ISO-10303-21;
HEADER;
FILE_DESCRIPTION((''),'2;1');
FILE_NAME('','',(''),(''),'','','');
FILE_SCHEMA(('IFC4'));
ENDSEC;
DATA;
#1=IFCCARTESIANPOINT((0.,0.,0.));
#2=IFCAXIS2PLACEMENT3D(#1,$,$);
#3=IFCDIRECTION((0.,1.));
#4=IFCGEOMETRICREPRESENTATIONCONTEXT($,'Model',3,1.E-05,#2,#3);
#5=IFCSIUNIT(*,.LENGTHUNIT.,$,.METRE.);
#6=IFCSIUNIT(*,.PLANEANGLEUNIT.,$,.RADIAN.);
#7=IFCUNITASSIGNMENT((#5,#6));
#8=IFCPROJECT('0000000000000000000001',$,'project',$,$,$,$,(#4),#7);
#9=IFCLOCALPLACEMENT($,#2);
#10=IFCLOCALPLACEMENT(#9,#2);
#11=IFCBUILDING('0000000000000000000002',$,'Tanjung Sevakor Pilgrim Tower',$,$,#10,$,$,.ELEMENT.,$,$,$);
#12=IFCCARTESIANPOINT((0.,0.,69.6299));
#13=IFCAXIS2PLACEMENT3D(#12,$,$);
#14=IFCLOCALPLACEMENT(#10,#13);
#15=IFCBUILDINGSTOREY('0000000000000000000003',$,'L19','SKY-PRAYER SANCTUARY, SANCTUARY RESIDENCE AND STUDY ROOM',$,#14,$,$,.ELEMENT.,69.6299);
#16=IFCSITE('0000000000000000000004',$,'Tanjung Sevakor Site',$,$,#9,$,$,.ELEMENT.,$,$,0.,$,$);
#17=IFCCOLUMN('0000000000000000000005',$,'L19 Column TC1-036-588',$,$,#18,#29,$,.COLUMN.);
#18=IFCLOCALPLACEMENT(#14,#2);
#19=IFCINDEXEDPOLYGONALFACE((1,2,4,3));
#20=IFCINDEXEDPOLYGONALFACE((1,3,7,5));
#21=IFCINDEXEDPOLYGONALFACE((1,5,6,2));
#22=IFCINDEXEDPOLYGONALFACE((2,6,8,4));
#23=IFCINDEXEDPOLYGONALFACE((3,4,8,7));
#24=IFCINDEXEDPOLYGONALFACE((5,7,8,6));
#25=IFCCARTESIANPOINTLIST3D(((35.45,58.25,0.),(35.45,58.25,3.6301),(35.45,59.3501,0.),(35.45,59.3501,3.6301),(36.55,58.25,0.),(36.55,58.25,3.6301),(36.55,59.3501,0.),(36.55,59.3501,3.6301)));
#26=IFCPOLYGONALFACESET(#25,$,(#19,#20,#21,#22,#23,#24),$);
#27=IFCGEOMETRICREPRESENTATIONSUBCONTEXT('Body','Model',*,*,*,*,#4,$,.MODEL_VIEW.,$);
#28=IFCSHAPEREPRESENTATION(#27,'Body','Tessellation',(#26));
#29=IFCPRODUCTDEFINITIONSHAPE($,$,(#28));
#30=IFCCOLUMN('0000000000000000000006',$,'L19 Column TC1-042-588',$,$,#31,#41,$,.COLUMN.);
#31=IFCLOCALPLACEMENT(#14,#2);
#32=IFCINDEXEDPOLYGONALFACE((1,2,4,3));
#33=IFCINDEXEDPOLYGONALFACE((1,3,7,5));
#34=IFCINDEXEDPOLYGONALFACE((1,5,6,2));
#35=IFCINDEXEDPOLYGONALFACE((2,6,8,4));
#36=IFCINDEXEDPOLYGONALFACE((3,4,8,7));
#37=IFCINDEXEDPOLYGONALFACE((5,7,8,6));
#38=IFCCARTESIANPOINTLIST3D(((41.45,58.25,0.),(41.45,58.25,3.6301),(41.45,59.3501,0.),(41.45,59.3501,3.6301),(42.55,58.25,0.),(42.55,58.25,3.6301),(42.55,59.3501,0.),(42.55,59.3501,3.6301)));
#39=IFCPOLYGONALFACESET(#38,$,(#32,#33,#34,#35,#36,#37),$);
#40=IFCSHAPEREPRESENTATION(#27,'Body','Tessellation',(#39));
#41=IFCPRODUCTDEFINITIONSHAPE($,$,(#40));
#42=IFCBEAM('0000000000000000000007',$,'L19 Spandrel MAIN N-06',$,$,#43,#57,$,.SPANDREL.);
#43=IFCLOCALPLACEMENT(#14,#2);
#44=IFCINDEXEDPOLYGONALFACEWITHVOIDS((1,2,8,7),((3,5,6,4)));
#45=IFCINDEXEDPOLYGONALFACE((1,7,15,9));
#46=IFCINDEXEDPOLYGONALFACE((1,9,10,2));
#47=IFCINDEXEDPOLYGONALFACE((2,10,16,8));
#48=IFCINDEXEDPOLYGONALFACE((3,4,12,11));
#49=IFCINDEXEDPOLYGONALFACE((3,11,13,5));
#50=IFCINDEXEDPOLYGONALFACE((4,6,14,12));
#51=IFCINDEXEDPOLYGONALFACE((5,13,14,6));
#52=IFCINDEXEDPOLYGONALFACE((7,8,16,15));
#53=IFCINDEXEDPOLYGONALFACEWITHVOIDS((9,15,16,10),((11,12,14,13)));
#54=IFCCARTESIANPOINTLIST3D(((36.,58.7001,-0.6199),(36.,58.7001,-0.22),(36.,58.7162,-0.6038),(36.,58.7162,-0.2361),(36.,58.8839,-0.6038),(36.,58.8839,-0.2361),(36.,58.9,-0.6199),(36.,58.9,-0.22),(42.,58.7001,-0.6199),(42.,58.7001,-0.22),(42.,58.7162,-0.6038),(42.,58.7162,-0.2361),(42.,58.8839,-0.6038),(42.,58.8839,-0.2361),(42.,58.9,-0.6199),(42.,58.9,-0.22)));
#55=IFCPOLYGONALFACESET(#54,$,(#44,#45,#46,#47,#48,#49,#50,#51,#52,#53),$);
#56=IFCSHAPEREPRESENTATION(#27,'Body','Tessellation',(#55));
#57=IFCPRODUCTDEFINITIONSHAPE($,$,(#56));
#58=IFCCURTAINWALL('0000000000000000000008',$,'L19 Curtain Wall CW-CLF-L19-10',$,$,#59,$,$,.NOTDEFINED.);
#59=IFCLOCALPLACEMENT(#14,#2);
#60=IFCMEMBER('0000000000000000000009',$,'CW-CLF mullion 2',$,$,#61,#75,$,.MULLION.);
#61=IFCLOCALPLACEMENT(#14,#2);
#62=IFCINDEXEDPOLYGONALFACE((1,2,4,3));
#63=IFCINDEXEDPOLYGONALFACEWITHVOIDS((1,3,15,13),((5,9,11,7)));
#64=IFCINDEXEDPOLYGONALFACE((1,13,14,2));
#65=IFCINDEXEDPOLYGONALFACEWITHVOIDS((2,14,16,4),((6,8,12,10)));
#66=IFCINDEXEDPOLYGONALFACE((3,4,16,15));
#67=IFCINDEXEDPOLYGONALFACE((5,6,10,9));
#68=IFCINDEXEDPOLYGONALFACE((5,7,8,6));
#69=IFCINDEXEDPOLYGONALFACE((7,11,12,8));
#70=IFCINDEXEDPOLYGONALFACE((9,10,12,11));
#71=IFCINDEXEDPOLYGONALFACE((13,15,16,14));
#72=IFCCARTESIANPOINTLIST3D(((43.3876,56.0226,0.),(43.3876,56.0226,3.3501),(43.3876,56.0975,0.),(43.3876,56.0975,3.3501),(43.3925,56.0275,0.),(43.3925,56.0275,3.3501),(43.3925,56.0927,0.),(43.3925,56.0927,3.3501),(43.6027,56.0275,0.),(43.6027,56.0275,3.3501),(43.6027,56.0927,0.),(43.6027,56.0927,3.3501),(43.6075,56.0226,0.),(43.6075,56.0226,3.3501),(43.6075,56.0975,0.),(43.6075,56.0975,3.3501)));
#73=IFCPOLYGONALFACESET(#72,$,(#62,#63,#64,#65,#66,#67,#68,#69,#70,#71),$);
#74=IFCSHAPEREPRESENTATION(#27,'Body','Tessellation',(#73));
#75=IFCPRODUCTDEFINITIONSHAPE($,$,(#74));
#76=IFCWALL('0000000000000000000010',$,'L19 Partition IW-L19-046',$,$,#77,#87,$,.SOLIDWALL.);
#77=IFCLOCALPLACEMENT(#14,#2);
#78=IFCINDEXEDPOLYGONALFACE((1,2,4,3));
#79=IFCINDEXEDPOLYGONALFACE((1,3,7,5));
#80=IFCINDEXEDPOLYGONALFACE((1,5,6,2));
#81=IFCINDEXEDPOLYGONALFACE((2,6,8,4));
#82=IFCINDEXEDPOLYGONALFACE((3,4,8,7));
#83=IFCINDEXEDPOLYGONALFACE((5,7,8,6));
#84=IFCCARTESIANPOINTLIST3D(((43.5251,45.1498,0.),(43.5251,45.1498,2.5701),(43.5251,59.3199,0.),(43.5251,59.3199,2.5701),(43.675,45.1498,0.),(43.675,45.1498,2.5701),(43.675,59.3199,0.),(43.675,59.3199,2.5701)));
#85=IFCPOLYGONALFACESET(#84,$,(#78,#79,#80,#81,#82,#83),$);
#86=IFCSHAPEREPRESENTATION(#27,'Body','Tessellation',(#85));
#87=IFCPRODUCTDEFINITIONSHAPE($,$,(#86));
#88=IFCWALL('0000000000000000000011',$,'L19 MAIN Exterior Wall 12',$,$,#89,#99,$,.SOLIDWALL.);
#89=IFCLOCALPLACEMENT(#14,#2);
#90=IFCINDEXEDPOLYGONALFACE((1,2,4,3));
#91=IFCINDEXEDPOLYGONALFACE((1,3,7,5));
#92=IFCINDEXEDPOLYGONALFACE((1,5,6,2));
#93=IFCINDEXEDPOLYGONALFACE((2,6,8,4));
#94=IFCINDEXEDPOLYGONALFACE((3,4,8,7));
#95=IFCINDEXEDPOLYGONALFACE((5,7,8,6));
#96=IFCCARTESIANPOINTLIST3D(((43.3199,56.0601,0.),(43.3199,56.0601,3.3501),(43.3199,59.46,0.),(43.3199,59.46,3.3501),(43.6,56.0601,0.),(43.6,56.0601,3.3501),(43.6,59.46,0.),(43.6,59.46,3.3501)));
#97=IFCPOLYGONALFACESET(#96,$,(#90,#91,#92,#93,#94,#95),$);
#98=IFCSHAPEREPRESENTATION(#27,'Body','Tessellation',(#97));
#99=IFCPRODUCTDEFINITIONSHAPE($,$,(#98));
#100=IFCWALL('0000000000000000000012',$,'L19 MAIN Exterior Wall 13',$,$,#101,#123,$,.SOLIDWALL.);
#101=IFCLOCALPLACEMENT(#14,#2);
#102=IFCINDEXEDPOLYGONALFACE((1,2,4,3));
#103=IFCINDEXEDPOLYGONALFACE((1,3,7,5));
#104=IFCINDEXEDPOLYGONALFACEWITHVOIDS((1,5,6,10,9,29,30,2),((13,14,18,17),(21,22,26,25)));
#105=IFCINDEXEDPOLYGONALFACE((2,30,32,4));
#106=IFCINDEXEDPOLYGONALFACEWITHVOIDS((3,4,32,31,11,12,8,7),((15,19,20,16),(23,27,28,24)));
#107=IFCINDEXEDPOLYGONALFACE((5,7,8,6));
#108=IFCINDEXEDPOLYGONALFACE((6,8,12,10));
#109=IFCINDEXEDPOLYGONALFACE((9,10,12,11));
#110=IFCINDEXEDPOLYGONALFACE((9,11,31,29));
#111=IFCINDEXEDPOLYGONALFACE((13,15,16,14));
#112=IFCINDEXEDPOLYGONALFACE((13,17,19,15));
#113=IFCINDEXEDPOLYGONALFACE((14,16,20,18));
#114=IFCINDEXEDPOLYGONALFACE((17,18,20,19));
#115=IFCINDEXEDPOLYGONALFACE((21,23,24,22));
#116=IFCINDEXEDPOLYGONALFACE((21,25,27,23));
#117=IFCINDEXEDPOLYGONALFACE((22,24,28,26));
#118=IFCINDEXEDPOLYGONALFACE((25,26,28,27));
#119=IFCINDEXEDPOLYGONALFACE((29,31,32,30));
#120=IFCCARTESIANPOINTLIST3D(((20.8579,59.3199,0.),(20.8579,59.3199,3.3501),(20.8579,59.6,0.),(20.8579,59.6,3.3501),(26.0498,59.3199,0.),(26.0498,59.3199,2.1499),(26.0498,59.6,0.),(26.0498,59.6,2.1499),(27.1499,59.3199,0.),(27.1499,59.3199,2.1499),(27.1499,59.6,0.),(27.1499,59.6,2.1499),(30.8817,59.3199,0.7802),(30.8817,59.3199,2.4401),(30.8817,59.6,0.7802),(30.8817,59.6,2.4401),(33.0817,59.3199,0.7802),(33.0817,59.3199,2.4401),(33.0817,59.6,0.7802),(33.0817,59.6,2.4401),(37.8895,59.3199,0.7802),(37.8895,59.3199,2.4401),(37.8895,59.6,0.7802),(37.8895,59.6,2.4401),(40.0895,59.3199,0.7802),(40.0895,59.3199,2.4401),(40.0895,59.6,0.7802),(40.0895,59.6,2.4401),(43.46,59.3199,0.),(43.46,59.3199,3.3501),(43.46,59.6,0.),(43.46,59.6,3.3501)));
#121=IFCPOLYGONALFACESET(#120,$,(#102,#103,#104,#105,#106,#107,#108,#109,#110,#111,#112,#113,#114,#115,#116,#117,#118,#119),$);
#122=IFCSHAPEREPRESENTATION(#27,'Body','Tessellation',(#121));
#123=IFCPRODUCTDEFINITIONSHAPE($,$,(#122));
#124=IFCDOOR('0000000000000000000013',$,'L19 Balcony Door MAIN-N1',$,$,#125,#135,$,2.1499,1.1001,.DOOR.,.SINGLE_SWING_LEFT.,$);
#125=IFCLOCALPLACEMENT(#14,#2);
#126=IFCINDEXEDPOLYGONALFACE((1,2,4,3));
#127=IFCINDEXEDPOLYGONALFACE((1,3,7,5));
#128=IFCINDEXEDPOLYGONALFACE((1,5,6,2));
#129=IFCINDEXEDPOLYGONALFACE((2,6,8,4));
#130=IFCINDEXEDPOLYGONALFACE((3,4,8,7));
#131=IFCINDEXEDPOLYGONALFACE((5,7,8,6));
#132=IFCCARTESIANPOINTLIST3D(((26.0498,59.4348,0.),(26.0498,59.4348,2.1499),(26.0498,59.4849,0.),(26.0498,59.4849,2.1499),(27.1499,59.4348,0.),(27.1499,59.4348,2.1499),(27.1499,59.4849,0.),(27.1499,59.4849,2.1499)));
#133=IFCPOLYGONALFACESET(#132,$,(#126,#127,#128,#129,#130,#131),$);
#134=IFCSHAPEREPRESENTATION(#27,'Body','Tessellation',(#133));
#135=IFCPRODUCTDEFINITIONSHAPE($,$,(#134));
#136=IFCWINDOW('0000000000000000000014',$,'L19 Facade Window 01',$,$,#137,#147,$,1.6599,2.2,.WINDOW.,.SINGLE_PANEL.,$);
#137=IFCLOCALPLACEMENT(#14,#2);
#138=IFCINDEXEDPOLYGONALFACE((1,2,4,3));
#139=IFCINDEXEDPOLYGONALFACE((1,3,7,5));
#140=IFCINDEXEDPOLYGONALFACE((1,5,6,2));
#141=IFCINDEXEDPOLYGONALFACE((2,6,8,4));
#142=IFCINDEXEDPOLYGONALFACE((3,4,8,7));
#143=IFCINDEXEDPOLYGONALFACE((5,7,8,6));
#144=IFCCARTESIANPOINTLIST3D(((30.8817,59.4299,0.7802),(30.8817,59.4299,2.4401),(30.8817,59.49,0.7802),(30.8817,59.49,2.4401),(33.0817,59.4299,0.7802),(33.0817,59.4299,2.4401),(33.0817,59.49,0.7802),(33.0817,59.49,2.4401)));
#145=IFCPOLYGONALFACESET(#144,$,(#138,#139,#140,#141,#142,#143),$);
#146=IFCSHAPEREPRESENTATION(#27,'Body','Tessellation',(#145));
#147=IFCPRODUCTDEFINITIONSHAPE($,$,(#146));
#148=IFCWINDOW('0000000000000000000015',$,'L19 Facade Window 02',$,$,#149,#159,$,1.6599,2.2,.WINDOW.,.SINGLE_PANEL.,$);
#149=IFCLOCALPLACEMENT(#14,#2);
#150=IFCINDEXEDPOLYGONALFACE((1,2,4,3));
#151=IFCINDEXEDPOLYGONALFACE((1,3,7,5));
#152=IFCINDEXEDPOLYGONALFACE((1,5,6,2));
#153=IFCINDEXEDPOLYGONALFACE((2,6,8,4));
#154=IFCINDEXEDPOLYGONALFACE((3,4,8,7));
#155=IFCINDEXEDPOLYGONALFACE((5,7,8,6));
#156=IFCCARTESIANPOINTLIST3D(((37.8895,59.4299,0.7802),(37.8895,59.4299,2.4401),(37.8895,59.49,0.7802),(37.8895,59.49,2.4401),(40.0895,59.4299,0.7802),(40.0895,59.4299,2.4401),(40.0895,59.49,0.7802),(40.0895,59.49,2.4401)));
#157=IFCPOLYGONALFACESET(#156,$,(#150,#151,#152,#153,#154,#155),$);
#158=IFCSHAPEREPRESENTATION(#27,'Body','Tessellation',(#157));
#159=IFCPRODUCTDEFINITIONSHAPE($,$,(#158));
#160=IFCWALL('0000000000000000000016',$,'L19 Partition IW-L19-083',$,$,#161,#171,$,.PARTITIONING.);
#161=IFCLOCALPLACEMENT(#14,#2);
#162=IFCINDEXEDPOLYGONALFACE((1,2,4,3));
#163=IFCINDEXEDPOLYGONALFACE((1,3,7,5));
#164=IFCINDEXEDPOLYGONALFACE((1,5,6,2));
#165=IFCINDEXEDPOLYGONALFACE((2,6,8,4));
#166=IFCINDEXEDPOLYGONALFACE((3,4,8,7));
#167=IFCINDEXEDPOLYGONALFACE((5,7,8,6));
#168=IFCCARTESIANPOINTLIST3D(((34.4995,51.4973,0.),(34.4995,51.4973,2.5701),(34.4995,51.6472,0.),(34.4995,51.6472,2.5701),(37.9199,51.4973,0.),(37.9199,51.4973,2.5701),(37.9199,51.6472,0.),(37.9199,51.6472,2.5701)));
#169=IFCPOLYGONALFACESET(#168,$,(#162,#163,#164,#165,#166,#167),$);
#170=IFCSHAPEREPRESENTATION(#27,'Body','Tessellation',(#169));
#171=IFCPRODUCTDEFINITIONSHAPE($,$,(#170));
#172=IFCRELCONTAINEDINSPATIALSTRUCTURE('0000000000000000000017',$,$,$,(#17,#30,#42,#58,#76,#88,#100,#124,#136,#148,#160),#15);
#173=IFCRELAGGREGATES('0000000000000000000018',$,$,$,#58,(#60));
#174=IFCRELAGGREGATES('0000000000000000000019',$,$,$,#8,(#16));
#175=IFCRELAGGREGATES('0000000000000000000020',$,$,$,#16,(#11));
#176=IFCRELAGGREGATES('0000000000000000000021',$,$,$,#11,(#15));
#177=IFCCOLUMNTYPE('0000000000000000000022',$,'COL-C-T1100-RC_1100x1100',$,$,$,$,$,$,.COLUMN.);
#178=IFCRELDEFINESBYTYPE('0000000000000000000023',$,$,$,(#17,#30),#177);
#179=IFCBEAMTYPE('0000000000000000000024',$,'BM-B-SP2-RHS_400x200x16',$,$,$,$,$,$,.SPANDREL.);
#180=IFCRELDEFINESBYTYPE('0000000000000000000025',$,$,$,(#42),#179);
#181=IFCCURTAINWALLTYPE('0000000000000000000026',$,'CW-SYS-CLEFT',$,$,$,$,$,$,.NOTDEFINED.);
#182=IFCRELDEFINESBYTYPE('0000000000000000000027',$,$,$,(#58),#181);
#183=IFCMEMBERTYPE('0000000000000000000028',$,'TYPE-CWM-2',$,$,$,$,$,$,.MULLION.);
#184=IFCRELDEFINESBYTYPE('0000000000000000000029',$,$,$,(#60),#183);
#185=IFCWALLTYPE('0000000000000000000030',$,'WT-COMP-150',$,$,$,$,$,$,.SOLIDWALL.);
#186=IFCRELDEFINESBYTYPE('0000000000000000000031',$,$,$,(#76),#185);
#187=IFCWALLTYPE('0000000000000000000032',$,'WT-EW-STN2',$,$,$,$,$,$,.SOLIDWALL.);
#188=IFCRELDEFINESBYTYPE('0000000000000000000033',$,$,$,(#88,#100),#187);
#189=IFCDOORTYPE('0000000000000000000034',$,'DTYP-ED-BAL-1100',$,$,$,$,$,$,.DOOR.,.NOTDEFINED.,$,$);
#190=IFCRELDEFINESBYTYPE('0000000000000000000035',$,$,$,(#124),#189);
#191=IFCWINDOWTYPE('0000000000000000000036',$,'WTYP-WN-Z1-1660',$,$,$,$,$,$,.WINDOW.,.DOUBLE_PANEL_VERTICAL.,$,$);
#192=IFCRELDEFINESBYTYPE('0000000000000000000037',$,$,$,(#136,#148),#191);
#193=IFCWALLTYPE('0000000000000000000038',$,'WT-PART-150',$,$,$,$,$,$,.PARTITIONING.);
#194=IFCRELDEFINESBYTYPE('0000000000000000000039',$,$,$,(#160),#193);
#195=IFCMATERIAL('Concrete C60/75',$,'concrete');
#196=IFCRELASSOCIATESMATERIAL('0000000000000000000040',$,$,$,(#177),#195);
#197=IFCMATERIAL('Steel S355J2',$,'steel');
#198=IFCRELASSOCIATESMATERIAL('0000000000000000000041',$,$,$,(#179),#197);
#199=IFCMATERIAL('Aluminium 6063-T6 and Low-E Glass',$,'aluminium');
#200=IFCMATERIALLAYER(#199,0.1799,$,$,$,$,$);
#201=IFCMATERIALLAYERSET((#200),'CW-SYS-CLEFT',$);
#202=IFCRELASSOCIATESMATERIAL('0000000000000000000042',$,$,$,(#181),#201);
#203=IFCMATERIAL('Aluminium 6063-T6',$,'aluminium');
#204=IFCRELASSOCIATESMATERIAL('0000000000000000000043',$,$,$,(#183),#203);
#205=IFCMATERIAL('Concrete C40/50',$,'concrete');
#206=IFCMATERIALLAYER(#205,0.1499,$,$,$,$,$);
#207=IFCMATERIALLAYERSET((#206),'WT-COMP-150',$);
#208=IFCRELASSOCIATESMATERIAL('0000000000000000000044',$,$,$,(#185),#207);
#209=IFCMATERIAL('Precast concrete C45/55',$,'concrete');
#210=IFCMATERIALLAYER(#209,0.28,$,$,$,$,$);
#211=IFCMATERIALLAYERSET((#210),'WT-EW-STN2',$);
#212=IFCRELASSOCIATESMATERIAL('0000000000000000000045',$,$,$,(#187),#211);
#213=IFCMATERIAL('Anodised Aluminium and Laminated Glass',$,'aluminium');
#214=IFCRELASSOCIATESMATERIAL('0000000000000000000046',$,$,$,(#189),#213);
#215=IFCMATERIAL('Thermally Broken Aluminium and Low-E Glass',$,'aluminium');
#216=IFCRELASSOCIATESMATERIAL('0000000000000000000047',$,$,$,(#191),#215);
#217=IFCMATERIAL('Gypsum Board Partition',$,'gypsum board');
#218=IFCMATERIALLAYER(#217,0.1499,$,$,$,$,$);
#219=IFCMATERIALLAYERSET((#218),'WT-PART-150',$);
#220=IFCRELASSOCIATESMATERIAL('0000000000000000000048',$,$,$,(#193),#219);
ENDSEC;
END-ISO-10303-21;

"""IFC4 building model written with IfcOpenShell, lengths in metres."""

from ifc_helpers import new_model, si_unit, direction, frame, frame_2d, origin, origin_2d, place, context, subcontext, project, spatial, rectangle, hollow_rectangle, extrude, material, layer, layer_set, material_profile, profile_set, type_object, element, fill, aggregate, save


model = new_model("IFC4")

# Units and contexts
model_context = context("Model", 3, precision=1e-05, world=origin(), true_north=direction((0.0, 1.0)))
body_context = subcontext(model_context, "Body", "Model", "MODEL_VIEW")
ifc_project = project(units=[si_unit("LENGTHUNIT", "METRE"), si_unit("PLANEANGLEUNIT", "RADIAN")], contexts=[model_context])

# Site, building, storey
site_placement = place(None, origin())
site = spatial("IfcSite", under=ifc_project, at=site_placement, Name="Tanjung Sevakor Site", CompositionType="ELEMENT", RefElevation=0.0)
building_placement = place(site_placement, origin())
building = spatial("IfcBuilding", under=site, at=building_placement, Name="Tanjung Sevakor Pilgrim Tower", CompositionType="ELEMENT")
storey_placement = place(building_placement, frame((0.0, 0.0, 69.6299)))
storey = spatial("IfcBuildingStorey", under=building, at=storey_placement, Name="L19", Description="SKY-PRAYER SANCTUARY, SANCTUARY RESIDENCE AND STUDY ROOM", CompositionType="ELEMENT", Elevation=69.6299)

# Columns
ifc_material_1 = material(Name="Concrete C60/75", Category="concrete")
ifc_material_profile_1 = material_profile(ifc_material_1, rectangle(XDim=1.1001, YDim=1.1001, at=origin_2d()))
ifc_profile_set_1 = profile_set([ifc_material_profile_1], Name="Concrete C60/75")
column_type = type_object("IfcColumnType", Name="COL-C-T1100-RC_1100x1100", PredefinedType="COLUMN", material=ifc_profile_set_1)
for number, where, z_axis, x_axis, name in (
    (1, (36.0, 58.8, 0.0), (0.0, 0.0, 1.0), (1.0, 0.0, 0.0), "L19 Column TC1-036-588"),
    (2, (42.0, 58.8, 0.0), (0.0, 0.0, 1.0), (1.0, 0.0, 0.0), "L19 Column TC1-042-588"),
):
    element("IfcColumn", number, at=place(storey_placement, frame(where, z_axis=z_axis, x_axis=x_axis)), inside=storey, type_object=column_type, Name=name, PredefinedType="COLUMN", context=body_context, shape_type="SweptSolid", body=[
        extrude(rectangle(XDim=1.1001, YDim=1.1001, at=origin_2d()), origin(), (0.0, 0.0, 1.0), 3.6301),
    ])

# Beam
ifc_material_2 = material(Name="Steel S355J2", Category="steel")
ifc_material_profile_2 = material_profile(ifc_material_2, hollow_rectangle(XDim=0.2, YDim=0.3999, WallThickness=0.0161, at=origin_2d()))
ifc_profile_set_2 = profile_set([ifc_material_profile_2], Name="Steel S355J2")
beam_type = type_object("IfcBeamType", Name="BM-B-SP2-RHS_400x200x16", PredefinedType="SPANDREL", material=ifc_profile_set_2)
beam_placement = place(storey_placement, frame((36.0, 58.8, -0.4199), z_axis=(1.0, 0.0, 0.0), x_axis=(0.0, 1.0, 0.0)))
element("IfcBeam", 3, at=beam_placement, inside=storey, type_object=beam_type, Name="L19 Spandrel MAIN N-06", PredefinedType="SPANDREL", context=body_context, shape_type="SweptSolid", body=[
    extrude(hollow_rectangle(XDim=0.2, YDim=0.3999, WallThickness=0.0161, at=origin_2d()), origin(), (0.0, 0.0, 1.0), 6.0),
])

# Curtain wall, member
ifc_material_3 = material(Name="Aluminium 6063-T6 and Low-E Glass", Category="aluminium")
ifc_layer_1 = layer(ifc_material_3, 0.1799)
ifc_layer_set_1 = layer_set([ifc_layer_1], Name="CW-SYS-CLEFT")
curtain_wall_type = type_object("IfcCurtainWallType", Name="CW-SYS-CLEFT", PredefinedType="NOTDEFINED", material=ifc_layer_set_1)
curtain_wall_placement = place(storey_placement, origin())
curtain_wall = element("IfcCurtainWall", 4, at=curtain_wall_placement, inside=storey, type_object=curtain_wall_type, Name="L19 Curtain Wall CW-CLF-L19-10", PredefinedType="NOTDEFINED")
ifc_material_4 = material(Name="Aluminium 6063-T6", Category="aluminium")
ifc_material_profile_3 = material_profile(ifc_material_4, hollow_rectangle(XDim=0.075, YDim=0.22, WallThickness=0.0049, at=origin_2d()))
ifc_profile_set_3 = profile_set([ifc_material_profile_3], Name="Aluminium 6063-T6")
member_type = type_object("IfcMemberType", Name="TYPE-CWM-2", PredefinedType="MULLION", material=ifc_profile_set_3)
member_placement = place(storey_placement, frame((43.4976, 56.0601, 0.0), z_axis=(0.0, 0.0, 1.0), x_axis=(0.0, -1.0, 0.0)))
member = element("IfcMember", 5, at=member_placement, type_object=member_type, Name="CW-CLF mullion 2", PredefinedType="MULLION", context=body_context, shape_type="SweptSolid", body=[
    extrude(hollow_rectangle(XDim=0.075, YDim=0.22, WallThickness=0.0049, at=origin_2d()), origin(), (0.0, 0.0, 1.0), 3.3501),
])
aggregate(curtain_wall, [member])

# Walls
ifc_material_5 = material(Name="Concrete C40/50", Category="concrete")
ifc_layer_2 = layer(ifc_material_5, 0.1499)
ifc_layer_set_2 = layer_set([ifc_layer_2], Name="WT-COMP-150")
wall_type_1 = type_object("IfcWallType", Name="WT-COMP-150", PredefinedType="SOLIDWALL", material=ifc_layer_set_2)
wall_1_placement = place(storey_placement, frame((43.6001, 45.1499, 0.0), z_axis=(0.0, 0.0, 1.0), x_axis=(0.0, 1.0, 0.0)))
element("IfcWall", 6, at=wall_1_placement, inside=storey, type_object=wall_type_1, Name="L19 Partition IW-L19-046", PredefinedType="SOLIDWALL", context=body_context, shape_type="SweptSolid", body=[
    extrude(rectangle(XDim=14.1702, YDim=0.1499, at=frame_2d((7.085, 0.0))), origin(), (0.0, 0.0, 1.0), 2.5701),
])
ifc_material_6 = material(Name="Precast concrete C45/55", Category="concrete")
ifc_layer_3 = layer(ifc_material_6, 0.28)
ifc_layer_set_3 = layer_set([ifc_layer_3], Name="WT-EW-STN2")
wall_type_2 = type_object("IfcWallType", Name="WT-EW-STN2", PredefinedType="SOLIDWALL", material=ifc_layer_set_3)
wall_2_placement = place(storey_placement, frame((43.46, 56.0601, 0.0), z_axis=(0.0, 0.0, 1.0), x_axis=(0.0, 1.0, 0.0)))
element("IfcWall", 7, at=wall_2_placement, inside=storey, type_object=wall_type_2, Name="L19 MAIN Exterior Wall 12", PredefinedType="SOLIDWALL", context=body_context, shape_type="SweptSolid", body=[
    extrude(rectangle(XDim=3.3999, YDim=0.28, at=frame_2d((1.7, 0.0))), origin(), (0.0, 0.0, 1.0), 3.3501),
])

# Wall, openings, door, windows
wall_3_placement = place(storey_placement, frame((43.46, 59.46, 0.0), z_axis=(0.0, 0.0, 1.0), x_axis=(-1.0, 0.0, 0.0)))
wall_3 = element("IfcWall", 8, at=wall_3_placement, inside=storey, type_object=wall_type_2, Name="L19 MAIN Exterior Wall 13", PredefinedType="SOLIDWALL", context=body_context, shape_type="SweptSolid", body=[
    extrude(rectangle(XDim=22.6021, YDim=0.28, at=frame_2d((11.301, 0.0))), origin(), (0.0, 0.0, 1.0), 3.3501),
])
opening_1_placement = place(wall_3_placement, frame((16.3101, 0.0, 0.0)))
opening_1 = element("IfcOpeningElement", 9, at=opening_1_placement, cuts=wall_3, PredefinedType="OPENING", context=body_context, shape_type="SweptSolid", body=[
    extrude(rectangle(XDim=1.1001, YDim=2.1499, at=frame_2d((0.55, 1.075))), frame((0.0, 0.1499, 0.0), z_axis=(0.0, -1.0, 0.0), x_axis=(1.0, 0.0, 0.0)), (0.0, 0.0, 1.0), 0.3),
])
opening_2_placement = place(wall_3_placement, frame((10.3782, 0.0, 0.78)))
opening_2 = element("IfcOpeningElement", 10, at=opening_2_placement, cuts=wall_3, PredefinedType="OPENING", context=body_context, shape_type="SweptSolid", body=[
    extrude(rectangle(XDim=2.2, YDim=1.6599, at=frame_2d((1.1001, 0.8301))), frame((0.0, 0.1499, 0.0), z_axis=(0.0, -1.0, 0.0), x_axis=(1.0, 0.0, 0.0)), (0.0, 0.0, 1.0), 0.3),
])
opening_3_placement = place(wall_3_placement, frame((3.3704, 0.0, 0.78)))
opening_3 = element("IfcOpeningElement", 11, at=opening_3_placement, cuts=wall_3, PredefinedType="OPENING", context=body_context, shape_type="SweptSolid", body=[
    extrude(rectangle(XDim=2.2, YDim=1.6599, at=frame_2d((1.1001, 0.8301))), frame((0.0, 0.1499, 0.0), z_axis=(0.0, -1.0, 0.0), x_axis=(1.0, 0.0, 0.0)), (0.0, 0.0, 1.0), 0.3),
])
ifc_material_7 = material(Name="Anodised Aluminium and Laminated Glass", Category="aluminium")
door_type_1 = type_object("IfcDoorType", Name="DTYP-ED-BAL-1100", OperationType="NOTDEFINED", PredefinedType="DOOR", material=ifc_material_7)
door_1_placement = place(opening_1_placement, frame((1.1001, 0.0, 0.0), z_axis=(0.0, 0.0, 1.0), x_axis=(-1.0, 0.0, 0.0)))
door_1 = element("IfcDoor", 12, at=door_1_placement, inside=storey, type_object=door_type_1, Name="L19 Balcony Door MAIN-N1", OperationType="SINGLE_SWING_LEFT", OverallHeight=2.1499, OverallWidth=1.1001, PredefinedType="DOOR", context=body_context, shape_type="SweptSolid", body=[
    extrude(rectangle(XDim=1.1001, YDim=2.1499, at=frame_2d((0.55, 1.075))), frame((0.0, 0.0249, 0.0), z_axis=(0.0, -1.0, 0.0), x_axis=(1.0, 0.0, 0.0)), (0.0, 0.0, 1.0), 0.05),
])
fill(opening_1, door_1)
ifc_material_8 = material(Name="Thermally Broken Aluminium and Low-E Glass", Category="aluminium")
window_type = type_object("IfcWindowType", Name="WTYP-WN-Z1-1660", PartitioningType="DOUBLE_PANEL_VERTICAL", PredefinedType="WINDOW", material=ifc_material_8)
window_1_placement = place(opening_2_placement, origin())
window_1 = element("IfcWindow", 13, at=window_1_placement, inside=storey, type_object=window_type, Name="L19 Facade Window 01", OverallHeight=1.6599, OverallWidth=2.2, PartitioningType="SINGLE_PANEL", PredefinedType="WINDOW", context=body_context, shape_type="SweptSolid", body=[
    extrude(rectangle(XDim=2.2, YDim=1.6599, at=frame_2d((1.1001, 0.8301))), frame((0.0, 0.03, 0.0), z_axis=(0.0, -1.0, 0.0), x_axis=(1.0, 0.0, 0.0)), (0.0, 0.0, 1.0), 0.0601),
])
fill(opening_2, window_1)
window_2_placement = place(opening_3_placement, origin())
window_2 = element("IfcWindow", 14, at=window_2_placement, inside=storey, type_object=window_type, Name="L19 Facade Window 02", OverallHeight=1.6599, OverallWidth=2.2, PartitioningType="SINGLE_PANEL", PredefinedType="WINDOW", context=body_context, shape_type="SweptSolid", body=[
    extrude(rectangle(XDim=2.2, YDim=1.6599, at=frame_2d((1.1001, 0.8301))), frame((0.0, 0.03, 0.0), z_axis=(0.0, -1.0, 0.0), x_axis=(1.0, 0.0, 0.0)), (0.0, 0.0, 1.0), 0.0601),
])
fill(opening_3, window_2)

# Wall
ifc_material_9 = material(Name="Gypsum Board Partition", Category="gypsum board")
ifc_layer_4 = layer(ifc_material_9, 0.1499)
ifc_layer_set_4 = layer_set([ifc_layer_4], Name="WT-PART-150")
wall_type_3 = type_object("IfcWallType", Name="WT-PART-150", PredefinedType="PARTITIONING", material=ifc_layer_set_4)
wall_4_placement = place(storey_placement, frame((34.4995, 51.5723, 0.0), z_axis=(0.0, 0.0, 1.0), x_axis=(1.0, 0.0, 0.0)))
element("IfcWall", 15, at=wall_4_placement, inside=storey, type_object=wall_type_3, Name="L19 Partition IW-L19-083", PredefinedType="PARTITIONING", context=body_context, shape_type="SweptSolid", body=[
    extrude(rectangle(XDim=3.4204, YDim=0.1499, at=frame_2d((1.7102, 0.0))), origin(), (0.0, 0.0, 1.0), 2.5701),
])

save(model, "model.ifc")
